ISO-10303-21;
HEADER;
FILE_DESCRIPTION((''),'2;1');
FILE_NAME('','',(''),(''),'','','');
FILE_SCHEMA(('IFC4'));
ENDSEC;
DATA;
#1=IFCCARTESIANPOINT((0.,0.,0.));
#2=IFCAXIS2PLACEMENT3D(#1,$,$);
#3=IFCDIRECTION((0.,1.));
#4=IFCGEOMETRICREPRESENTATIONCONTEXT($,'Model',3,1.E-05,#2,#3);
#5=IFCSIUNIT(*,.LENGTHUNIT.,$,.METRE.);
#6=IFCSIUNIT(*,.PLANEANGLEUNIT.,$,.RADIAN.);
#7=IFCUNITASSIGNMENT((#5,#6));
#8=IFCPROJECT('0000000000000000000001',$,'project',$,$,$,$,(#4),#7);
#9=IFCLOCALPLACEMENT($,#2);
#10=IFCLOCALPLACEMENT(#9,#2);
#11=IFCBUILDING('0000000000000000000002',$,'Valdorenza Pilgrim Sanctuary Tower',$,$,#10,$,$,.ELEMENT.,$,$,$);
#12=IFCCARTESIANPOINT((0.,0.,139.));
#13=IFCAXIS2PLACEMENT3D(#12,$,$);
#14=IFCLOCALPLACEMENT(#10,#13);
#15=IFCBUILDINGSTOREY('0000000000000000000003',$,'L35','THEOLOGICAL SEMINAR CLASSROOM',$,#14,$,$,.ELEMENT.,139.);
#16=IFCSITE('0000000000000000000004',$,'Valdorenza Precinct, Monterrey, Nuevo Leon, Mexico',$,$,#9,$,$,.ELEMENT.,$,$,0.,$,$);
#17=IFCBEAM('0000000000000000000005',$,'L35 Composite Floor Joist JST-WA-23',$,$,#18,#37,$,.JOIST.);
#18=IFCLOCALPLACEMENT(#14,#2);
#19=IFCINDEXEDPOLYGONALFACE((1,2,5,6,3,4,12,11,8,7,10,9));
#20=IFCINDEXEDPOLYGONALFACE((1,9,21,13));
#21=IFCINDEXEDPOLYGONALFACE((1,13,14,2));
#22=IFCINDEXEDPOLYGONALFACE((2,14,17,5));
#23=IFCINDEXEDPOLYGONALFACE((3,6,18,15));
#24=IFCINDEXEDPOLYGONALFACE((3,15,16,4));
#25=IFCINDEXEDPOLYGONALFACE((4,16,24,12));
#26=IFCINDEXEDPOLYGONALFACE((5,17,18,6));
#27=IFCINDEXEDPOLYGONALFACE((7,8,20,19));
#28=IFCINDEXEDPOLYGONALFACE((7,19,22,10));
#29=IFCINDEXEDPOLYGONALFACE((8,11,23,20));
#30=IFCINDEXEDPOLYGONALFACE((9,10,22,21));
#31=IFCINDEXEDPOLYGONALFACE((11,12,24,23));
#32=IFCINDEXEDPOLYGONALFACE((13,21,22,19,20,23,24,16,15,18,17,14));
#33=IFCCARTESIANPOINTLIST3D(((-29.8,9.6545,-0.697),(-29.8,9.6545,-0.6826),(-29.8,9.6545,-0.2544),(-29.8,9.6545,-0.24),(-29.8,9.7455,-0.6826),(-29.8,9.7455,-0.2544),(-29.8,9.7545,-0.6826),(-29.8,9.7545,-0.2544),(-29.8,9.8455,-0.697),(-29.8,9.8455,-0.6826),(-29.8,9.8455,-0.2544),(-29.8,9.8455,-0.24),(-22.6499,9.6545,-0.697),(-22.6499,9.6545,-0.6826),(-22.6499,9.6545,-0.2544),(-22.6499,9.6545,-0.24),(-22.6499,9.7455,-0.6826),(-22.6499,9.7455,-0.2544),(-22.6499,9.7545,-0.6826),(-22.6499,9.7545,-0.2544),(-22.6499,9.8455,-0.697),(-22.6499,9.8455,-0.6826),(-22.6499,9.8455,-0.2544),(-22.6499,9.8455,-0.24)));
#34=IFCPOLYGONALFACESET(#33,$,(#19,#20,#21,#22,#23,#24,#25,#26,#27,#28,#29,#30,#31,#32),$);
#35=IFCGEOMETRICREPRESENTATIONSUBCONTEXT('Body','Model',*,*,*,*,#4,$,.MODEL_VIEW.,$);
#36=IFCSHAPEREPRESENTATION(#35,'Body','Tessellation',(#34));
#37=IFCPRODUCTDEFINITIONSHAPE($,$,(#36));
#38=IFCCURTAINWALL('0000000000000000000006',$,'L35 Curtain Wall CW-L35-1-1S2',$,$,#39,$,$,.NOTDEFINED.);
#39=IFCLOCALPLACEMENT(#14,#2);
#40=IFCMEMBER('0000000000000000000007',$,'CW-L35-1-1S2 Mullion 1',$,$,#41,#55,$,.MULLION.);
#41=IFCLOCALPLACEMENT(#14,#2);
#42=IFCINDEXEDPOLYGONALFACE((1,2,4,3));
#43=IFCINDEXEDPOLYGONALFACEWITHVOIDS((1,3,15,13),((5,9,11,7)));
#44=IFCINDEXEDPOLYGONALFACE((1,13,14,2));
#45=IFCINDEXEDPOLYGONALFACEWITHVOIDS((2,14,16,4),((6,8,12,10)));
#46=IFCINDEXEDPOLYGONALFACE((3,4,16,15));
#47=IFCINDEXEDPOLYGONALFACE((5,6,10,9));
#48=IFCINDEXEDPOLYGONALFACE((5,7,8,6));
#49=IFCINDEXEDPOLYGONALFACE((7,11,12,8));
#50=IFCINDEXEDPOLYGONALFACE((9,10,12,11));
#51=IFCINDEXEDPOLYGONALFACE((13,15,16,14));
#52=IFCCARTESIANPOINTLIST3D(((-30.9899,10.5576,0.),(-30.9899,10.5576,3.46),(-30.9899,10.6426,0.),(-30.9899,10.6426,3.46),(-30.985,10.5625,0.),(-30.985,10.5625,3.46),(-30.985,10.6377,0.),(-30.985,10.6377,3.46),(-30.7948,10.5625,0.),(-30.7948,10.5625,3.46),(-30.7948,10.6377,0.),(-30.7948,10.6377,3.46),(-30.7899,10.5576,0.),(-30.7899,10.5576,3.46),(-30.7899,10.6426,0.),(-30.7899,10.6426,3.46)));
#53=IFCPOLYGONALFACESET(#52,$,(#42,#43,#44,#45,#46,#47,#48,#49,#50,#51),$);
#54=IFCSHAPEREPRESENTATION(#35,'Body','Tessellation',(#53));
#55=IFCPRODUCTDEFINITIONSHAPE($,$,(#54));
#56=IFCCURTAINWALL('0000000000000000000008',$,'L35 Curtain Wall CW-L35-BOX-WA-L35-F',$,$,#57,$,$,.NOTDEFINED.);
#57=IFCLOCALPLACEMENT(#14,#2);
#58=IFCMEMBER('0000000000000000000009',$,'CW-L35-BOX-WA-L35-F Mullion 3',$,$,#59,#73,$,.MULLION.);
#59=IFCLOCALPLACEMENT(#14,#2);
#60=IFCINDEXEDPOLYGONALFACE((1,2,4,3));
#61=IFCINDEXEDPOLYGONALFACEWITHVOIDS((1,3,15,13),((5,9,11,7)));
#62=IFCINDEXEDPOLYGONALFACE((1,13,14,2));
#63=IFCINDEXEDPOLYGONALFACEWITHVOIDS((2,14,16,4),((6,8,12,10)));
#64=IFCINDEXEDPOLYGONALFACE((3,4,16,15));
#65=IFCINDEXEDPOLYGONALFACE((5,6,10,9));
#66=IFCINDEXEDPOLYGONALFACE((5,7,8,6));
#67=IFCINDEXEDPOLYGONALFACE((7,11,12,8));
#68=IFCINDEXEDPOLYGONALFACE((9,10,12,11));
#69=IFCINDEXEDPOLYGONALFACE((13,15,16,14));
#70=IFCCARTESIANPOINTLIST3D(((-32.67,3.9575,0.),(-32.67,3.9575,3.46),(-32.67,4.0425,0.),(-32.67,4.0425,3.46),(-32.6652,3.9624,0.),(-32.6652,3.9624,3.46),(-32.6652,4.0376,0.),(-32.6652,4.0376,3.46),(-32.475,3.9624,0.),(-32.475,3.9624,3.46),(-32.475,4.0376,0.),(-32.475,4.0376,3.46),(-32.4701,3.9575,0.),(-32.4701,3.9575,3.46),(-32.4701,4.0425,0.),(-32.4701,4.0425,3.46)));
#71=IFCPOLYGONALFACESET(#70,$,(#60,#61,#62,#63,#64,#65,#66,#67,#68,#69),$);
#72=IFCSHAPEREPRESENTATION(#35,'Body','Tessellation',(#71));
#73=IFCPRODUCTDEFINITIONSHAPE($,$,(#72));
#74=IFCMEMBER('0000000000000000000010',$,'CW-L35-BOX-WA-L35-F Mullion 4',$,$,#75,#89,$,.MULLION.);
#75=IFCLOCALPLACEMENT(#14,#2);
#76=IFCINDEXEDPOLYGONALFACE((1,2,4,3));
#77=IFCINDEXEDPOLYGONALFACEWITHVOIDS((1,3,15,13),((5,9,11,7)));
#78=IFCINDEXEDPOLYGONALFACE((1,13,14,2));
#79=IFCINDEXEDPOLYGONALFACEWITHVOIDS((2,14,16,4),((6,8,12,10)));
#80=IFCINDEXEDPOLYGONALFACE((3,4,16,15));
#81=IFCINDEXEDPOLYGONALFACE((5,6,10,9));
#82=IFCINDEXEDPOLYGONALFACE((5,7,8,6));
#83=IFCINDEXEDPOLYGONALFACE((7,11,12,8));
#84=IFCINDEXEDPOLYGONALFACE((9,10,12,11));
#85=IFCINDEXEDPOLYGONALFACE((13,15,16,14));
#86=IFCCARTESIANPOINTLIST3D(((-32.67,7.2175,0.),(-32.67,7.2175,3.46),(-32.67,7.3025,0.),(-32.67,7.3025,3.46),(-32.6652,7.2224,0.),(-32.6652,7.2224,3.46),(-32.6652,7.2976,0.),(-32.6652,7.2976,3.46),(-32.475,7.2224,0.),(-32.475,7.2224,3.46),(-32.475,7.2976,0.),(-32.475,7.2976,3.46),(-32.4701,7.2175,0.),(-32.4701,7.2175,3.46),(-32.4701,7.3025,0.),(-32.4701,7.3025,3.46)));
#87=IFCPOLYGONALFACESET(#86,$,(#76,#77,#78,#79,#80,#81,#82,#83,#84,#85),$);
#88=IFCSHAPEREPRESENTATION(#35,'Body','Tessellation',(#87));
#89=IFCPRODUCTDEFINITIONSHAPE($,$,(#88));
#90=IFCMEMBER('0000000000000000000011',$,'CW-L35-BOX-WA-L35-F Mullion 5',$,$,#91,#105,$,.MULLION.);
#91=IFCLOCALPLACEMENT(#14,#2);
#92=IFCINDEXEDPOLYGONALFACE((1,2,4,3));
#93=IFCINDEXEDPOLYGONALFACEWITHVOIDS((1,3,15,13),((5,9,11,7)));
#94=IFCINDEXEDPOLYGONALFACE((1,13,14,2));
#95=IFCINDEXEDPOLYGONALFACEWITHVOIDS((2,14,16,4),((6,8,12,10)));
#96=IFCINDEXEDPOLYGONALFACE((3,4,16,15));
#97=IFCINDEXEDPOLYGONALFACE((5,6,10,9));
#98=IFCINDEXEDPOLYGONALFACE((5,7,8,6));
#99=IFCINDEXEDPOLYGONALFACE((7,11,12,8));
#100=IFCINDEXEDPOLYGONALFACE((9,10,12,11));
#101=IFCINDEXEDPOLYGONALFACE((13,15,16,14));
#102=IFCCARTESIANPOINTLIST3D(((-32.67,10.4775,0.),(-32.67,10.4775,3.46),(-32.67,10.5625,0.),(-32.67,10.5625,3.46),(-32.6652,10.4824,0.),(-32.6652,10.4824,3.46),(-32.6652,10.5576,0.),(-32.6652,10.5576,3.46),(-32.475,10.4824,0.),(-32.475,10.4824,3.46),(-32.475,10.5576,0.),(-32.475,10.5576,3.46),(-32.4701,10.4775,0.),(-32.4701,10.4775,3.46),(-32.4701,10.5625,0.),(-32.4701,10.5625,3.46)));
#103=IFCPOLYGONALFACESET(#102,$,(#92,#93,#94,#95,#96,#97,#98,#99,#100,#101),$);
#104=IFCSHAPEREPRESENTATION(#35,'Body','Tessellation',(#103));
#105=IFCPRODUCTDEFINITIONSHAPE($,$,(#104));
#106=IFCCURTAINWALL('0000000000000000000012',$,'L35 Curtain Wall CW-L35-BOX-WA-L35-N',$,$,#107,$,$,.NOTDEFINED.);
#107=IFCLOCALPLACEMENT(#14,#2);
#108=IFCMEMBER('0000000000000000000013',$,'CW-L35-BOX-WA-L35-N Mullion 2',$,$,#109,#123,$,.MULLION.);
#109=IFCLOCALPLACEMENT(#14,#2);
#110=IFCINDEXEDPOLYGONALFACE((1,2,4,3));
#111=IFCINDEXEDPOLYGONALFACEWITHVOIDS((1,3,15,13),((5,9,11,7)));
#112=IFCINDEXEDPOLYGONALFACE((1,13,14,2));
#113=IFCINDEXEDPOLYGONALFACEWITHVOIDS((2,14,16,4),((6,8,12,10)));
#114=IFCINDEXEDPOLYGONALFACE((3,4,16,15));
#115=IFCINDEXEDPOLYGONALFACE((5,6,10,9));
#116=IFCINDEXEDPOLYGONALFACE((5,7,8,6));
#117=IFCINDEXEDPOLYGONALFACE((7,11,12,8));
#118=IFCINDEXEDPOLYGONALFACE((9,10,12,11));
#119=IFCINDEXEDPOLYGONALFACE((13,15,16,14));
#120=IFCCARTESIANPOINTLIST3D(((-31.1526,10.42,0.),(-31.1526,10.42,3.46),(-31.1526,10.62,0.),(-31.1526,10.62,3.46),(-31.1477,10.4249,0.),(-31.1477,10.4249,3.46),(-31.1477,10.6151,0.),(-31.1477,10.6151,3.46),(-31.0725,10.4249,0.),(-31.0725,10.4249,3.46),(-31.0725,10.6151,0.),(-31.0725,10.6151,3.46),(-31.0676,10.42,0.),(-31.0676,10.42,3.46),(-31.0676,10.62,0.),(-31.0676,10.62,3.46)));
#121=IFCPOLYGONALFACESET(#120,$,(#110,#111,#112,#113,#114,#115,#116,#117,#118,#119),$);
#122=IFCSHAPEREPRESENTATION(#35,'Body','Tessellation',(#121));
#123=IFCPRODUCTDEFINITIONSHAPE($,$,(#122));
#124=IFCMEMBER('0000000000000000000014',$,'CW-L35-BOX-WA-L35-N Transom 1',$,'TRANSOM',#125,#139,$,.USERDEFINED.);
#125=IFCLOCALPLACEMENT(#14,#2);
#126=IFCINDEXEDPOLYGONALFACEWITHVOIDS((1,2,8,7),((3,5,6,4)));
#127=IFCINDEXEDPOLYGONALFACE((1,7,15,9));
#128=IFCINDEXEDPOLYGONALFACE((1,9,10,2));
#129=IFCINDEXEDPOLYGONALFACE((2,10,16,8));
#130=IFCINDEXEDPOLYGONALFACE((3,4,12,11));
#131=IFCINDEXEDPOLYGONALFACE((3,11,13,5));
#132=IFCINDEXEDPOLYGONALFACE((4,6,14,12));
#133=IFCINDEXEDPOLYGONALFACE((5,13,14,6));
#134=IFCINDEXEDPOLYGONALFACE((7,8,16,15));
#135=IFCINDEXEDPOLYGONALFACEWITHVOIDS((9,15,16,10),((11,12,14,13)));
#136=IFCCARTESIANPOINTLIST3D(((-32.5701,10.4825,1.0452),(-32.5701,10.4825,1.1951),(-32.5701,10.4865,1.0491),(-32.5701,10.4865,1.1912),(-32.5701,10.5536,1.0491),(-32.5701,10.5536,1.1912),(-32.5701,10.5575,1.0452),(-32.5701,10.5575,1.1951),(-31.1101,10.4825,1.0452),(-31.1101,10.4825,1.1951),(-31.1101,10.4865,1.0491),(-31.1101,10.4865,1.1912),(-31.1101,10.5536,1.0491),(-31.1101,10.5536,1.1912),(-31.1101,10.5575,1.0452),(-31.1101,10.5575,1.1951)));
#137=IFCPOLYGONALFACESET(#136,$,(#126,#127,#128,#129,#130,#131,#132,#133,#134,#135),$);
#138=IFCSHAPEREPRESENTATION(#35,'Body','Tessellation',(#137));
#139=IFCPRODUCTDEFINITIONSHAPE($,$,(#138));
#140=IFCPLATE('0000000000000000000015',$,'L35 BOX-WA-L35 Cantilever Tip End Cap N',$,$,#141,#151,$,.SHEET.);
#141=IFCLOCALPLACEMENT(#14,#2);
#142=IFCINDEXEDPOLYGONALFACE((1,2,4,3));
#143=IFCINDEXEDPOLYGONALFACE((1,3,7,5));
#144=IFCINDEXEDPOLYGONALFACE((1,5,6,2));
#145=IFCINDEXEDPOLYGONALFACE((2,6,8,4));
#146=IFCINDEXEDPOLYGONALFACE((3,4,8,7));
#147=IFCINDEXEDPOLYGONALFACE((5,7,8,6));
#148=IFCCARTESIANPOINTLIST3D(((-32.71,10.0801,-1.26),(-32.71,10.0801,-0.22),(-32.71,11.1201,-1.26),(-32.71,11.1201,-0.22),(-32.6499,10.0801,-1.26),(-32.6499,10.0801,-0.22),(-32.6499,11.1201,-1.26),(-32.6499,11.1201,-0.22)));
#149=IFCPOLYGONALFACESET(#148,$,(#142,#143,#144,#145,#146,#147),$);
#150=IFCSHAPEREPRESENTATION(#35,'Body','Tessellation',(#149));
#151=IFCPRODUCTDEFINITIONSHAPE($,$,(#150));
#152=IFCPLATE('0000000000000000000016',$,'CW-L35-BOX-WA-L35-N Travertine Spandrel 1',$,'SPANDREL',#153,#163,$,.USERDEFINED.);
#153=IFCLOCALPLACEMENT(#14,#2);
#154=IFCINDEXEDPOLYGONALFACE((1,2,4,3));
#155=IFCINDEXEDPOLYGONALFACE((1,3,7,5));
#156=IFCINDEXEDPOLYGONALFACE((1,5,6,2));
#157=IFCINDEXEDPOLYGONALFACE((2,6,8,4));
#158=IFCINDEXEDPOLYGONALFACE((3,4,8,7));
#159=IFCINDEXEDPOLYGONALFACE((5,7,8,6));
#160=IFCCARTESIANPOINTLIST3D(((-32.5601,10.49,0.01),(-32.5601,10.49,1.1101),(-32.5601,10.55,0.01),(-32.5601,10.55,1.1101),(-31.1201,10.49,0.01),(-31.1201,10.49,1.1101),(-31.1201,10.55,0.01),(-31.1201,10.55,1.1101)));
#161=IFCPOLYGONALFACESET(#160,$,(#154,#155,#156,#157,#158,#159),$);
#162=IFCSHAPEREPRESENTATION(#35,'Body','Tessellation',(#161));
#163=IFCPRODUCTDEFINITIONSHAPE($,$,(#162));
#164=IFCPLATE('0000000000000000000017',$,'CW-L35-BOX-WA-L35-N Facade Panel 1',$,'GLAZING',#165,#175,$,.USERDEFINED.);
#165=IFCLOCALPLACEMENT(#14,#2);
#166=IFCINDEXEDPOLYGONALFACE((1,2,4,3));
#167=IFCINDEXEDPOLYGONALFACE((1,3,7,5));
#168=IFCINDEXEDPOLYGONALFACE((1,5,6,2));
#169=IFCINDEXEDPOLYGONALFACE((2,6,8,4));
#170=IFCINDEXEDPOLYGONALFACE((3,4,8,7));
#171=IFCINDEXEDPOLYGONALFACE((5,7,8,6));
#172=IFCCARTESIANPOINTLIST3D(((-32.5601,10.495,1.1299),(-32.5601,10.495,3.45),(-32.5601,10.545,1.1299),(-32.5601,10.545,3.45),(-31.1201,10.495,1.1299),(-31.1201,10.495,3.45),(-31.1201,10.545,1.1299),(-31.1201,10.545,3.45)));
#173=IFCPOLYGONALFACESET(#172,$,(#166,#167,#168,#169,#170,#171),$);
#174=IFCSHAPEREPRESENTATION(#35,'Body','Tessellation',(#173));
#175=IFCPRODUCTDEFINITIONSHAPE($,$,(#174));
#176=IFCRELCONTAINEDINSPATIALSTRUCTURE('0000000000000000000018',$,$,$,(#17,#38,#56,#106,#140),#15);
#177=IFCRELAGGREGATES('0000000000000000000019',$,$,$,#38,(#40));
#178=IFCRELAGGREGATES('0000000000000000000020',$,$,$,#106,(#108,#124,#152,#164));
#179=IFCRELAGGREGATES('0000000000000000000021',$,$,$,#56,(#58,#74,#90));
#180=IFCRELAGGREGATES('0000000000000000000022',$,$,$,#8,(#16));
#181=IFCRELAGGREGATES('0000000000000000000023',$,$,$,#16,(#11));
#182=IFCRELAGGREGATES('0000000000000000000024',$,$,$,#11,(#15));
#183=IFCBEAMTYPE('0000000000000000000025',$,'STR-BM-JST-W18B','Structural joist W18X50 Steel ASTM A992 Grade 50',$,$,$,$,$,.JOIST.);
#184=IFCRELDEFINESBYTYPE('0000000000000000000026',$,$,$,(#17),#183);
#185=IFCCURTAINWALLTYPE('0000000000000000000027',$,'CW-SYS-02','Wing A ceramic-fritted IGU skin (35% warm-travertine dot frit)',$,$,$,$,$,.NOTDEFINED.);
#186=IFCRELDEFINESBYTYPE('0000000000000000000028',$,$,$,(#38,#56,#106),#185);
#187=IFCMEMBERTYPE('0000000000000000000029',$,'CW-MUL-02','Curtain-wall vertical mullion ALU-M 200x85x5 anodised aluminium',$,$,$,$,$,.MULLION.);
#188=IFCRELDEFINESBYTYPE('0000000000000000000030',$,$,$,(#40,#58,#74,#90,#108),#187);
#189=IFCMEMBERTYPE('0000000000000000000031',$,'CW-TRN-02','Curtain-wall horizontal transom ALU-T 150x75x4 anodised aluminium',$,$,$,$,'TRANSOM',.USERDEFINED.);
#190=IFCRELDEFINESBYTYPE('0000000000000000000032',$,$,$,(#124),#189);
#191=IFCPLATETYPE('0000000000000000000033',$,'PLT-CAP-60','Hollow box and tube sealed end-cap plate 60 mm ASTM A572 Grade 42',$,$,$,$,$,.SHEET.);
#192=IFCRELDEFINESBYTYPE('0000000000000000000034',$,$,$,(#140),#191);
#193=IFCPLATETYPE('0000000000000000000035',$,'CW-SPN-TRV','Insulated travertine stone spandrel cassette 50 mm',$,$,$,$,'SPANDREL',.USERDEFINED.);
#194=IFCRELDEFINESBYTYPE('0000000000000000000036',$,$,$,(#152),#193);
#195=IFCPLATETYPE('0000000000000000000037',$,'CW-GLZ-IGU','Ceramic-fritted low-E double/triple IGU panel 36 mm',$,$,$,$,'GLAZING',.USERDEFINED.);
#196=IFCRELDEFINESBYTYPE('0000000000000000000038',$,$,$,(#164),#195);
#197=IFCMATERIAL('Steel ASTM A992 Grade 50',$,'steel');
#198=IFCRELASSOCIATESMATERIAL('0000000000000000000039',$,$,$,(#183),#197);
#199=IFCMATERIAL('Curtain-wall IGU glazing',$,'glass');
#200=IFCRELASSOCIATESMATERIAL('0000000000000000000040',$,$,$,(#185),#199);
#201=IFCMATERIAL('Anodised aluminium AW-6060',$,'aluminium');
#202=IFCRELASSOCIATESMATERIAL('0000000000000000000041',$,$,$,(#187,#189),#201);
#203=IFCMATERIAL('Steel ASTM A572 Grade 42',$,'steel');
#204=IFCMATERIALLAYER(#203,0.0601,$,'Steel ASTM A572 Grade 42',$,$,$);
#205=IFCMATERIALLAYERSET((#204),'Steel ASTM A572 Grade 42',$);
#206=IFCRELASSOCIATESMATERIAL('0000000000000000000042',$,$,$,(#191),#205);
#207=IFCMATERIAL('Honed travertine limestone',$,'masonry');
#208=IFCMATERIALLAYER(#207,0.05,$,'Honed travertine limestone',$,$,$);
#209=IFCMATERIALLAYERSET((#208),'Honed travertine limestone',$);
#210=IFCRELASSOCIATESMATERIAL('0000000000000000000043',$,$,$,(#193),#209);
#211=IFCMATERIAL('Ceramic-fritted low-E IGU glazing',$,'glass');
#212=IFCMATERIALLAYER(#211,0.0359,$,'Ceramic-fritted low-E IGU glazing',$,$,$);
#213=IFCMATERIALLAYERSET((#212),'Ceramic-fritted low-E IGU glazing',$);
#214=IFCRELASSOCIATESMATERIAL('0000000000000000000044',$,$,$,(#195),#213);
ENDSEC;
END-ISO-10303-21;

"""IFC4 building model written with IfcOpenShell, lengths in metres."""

from ifc_helpers import new_model, si_unit, direction, frame, origin, origin_2d, place, context, subcontext, project, spatial, rectangle, hollow_rectangle, i_section, extrude, source, transform, mapped, material, layer, layer_set, material_profile, profile_set, type_object, element, aggregate, save


model = new_model("IFC4")

# Units and contexts
model_context = context("Model", 3, precision=1e-05, world=origin(), true_north=direction((0.0, 1.0)))
body_context = subcontext(model_context, "Body", "Model", "MODEL_VIEW")
ifc_project = project(units=[si_unit("LENGTHUNIT", "METRE"), si_unit("PLANEANGLEUNIT", "RADIAN")], contexts=[model_context])

# Site, building, storey
site_placement = place(None, origin())
site = spatial("IfcSite", under=ifc_project, at=site_placement, Name="Valdorenza Precinct, Monterrey, Nuevo Leon, Mexico", CompositionType="ELEMENT", RefElevation=0.0)
building_placement = place(site_placement, origin())
building = spatial("IfcBuilding", under=site, at=building_placement, Name="Valdorenza Pilgrim Sanctuary Tower", CompositionType="ELEMENT")
storey_placement = place(building_placement, frame((0.0, 0.0, 139.0)))
storey = spatial("IfcBuildingStorey", under=building, at=storey_placement, Name="L35", Description="THEOLOGICAL SEMINAR CLASSROOM", CompositionType="ELEMENT", Elevation=139.0)

# Beam
ifc_material_1 = material(Name="Steel ASTM A992 Grade 50", Category="steel")
ifc_material_profile_1 = material_profile(ifc_material_1, i_section(OverallWidth=0.1909, OverallDepth=0.457, WebThickness=0.009, FlangeThickness=0.0144, at=origin_2d()), Name="W18X50")
ifc_profile_set_1 = profile_set([ifc_material_profile_1], Name="Steel ASTM A992 Grade 50")
beam_type = type_object("IfcBeamType", Name="STR-BM-JST-W18B", Description="Structural joist W18X50 Steel ASTM A992 Grade 50", PredefinedType="JOIST", material=ifc_profile_set_1)
shared_shape_1 = source(origin(), body_context, "Body", "SweptSolid", [
    extrude(i_section(OverallWidth=0.1909, OverallDepth=0.457, WebThickness=0.009, FlangeThickness=0.0144, at=origin_2d()), origin(), (0.0, 0.0, 1.0), 7.1501),
])
for number, where, z_axis, x_axis, name in (
    (1, (-29.8, 9.75, -0.4685), (1.0, 0.0, 0.0), (0.0, 1.0, 0.0), "L35 Composite Floor Joist JST-WA-23"),
):
    element("IfcBeam", number, at=place(storey_placement, frame(where, z_axis=z_axis, x_axis=x_axis)), inside=storey, type_object=beam_type, Name=name, PredefinedType="JOIST", context=body_context, shape_type="MappedRepresentation", body=[
        mapped(shared_shape_1, transform((0.0, 0.0, 0.0), x_axis=(1.0, 0.0, 0.0), y_axis=(0.0, 1.0, 0.0), z_axis=(0.0, 0.0, 1.0), scale=1.0)),
    ])

# Curtain wall, member
ifc_material_2 = material(Name="Curtain-wall IGU glazing", Category="glass")
curtain_wall_type = type_object("IfcCurtainWallType", Name="CW-SYS-02", Description="Wing A ceramic-fritted IGU skin (35% warm-travertine dot frit)", PredefinedType="NOTDEFINED", material=ifc_material_2)
curtain_wall_1_placement = place(storey_placement, origin())
curtain_wall_1 = element("IfcCurtainWall", 2, at=curtain_wall_1_placement, inside=storey, type_object=curtain_wall_type, Name="L35 Curtain Wall CW-L35-1-1S2", PredefinedType="NOTDEFINED")
ifc_material_3 = material(Name="Anodised aluminium AW-6060", Category="aluminium")
ifc_material_profile_2 = material_profile(ifc_material_3, hollow_rectangle(XDim=0.085, YDim=0.2, WallThickness=0.0049, at=origin_2d()), Name="ALU-M 200x85x5")
ifc_profile_set_2 = profile_set([ifc_material_profile_2], Name="Anodised aluminium AW-6060")
member_type_1 = type_object("IfcMemberType", Name="CW-MUL-02", Description="Curtain-wall vertical mullion ALU-M 200x85x5 anodised aluminium", PredefinedType="MULLION", material=ifc_profile_set_2)
shared_shape_2 = source(origin(), body_context, "Body", "SweptSolid", [
    extrude(hollow_rectangle(XDim=0.085, YDim=0.2, WallThickness=0.0049, at=origin_2d()), origin(), (0.0, 0.0, 1.0), 3.46),
])
member_1_placement = place(storey_placement, frame((-30.8899, 10.6001, 0.0), z_axis=(0.0, 0.0, 1.0), x_axis=(0.0, 1.0, 0.0)))
member_1 = element("IfcMember", 3, at=member_1_placement, type_object=member_type_1, Name="CW-L35-1-1S2 Mullion 1", PredefinedType="MULLION", context=body_context, shape_type="MappedRepresentation", body=[
    mapped(shared_shape_2, transform((0.0, 0.0, 0.0), x_axis=(1.0, 0.0, 0.0), y_axis=(0.0, 1.0, 0.0), z_axis=(0.0, 0.0, 1.0), scale=1.0)),
])
aggregate(curtain_wall_1, [member_1])

# Curtain walls, members
curtain_wall_2_placement = place(storey_placement, origin())
curtain_wall_2 = element("IfcCurtainWall", 4, at=curtain_wall_2_placement, inside=storey, type_object=curtain_wall_type, Name="L35 Curtain Wall CW-L35-BOX-WA-L35-F", PredefinedType="NOTDEFINED")
member_2_placement = place(storey_placement, frame((-32.5701, 4.0, 0.0), z_axis=(0.0, 0.0, 1.0), x_axis=(0.0, 1.0, 0.0)))
member_2 = element("IfcMember", 5, at=member_2_placement, type_object=member_type_1, Name="CW-L35-BOX-WA-L35-F Mullion 3", PredefinedType="MULLION", context=body_context, shape_type="MappedRepresentation", body=[
    mapped(shared_shape_2, transform((0.0, 0.0, 0.0), x_axis=(1.0, 0.0, 0.0), y_axis=(0.0, 1.0, 0.0), z_axis=(0.0, 0.0, 1.0), scale=1.0)),
])
member_3_placement = place(storey_placement, frame((-32.5701, 7.26, 0.0), z_axis=(0.0, 0.0, 1.0), x_axis=(0.0, 1.0, 0.0)))
member_3 = element("IfcMember", 6, at=member_3_placement, type_object=member_type_1, Name="CW-L35-BOX-WA-L35-F Mullion 4", PredefinedType="MULLION", context=body_context, shape_type="MappedRepresentation", body=[
    mapped(shared_shape_2, transform((0.0, 0.0, 0.0), x_axis=(1.0, 0.0, 0.0), y_axis=(0.0, 1.0, 0.0), z_axis=(0.0, 0.0, 1.0), scale=1.0)),
])
member_4_placement = place(storey_placement, frame((-32.5701, 10.52, 0.0), z_axis=(0.0, 0.0, 1.0), x_axis=(0.0, 1.0, 0.0)))
member_4 = element("IfcMember", 7, at=member_4_placement, type_object=member_type_1, Name="CW-L35-BOX-WA-L35-F Mullion 5", PredefinedType="MULLION", context=body_context, shape_type="MappedRepresentation", body=[
    mapped(shared_shape_2, transform((0.0, 0.0, 0.0), x_axis=(1.0, 0.0, 0.0), y_axis=(0.0, 1.0, 0.0), z_axis=(0.0, 0.0, 1.0), scale=1.0)),
])
curtain_wall_3_placement = place(storey_placement, origin())
curtain_wall_3 = element("IfcCurtainWall", 8, at=curtain_wall_3_placement, inside=storey, type_object=curtain_wall_type, Name="L35 Curtain Wall CW-L35-BOX-WA-L35-N", PredefinedType="NOTDEFINED")
member_5_placement = place(storey_placement, frame((-31.1101, 10.52, 0.0), z_axis=(0.0, 0.0, 1.0), x_axis=(1.0, 0.0, 0.0)))
member_5 = element("IfcMember", 9, at=member_5_placement, type_object=member_type_1, Name="CW-L35-BOX-WA-L35-N Mullion 2", PredefinedType="MULLION", context=body_context, shape_type="MappedRepresentation", body=[
    mapped(shared_shape_2, transform((0.0, 0.0, 0.0), x_axis=(1.0, 0.0, 0.0), y_axis=(0.0, 1.0, 0.0), z_axis=(0.0, 0.0, 1.0), scale=1.0)),
])
ifc_material_profile_3 = material_profile(ifc_material_3, hollow_rectangle(XDim=0.075, YDim=0.1499, WallThickness=0.0039, at=origin_2d()), Name="ALU-T 150x75x4")
ifc_profile_set_3 = profile_set([ifc_material_profile_3], Name="Anodised aluminium AW-6060")
member_type_2 = type_object("IfcMemberType", Name="CW-TRN-02", Description="Curtain-wall horizontal transom ALU-T 150x75x4 anodised aluminium", ElementType="TRANSOM", PredefinedType="USERDEFINED", material=ifc_profile_set_3)
shared_shape_3 = source(origin(), body_context, "Body", "SweptSolid", [
    extrude(hollow_rectangle(XDim=0.075, YDim=0.1499, WallThickness=0.0039, at=origin_2d()), origin(), (0.0, 0.0, 1.0), 1.46),
])
member_6_placement = place(storey_placement, frame((-32.5701, 10.52, 1.1201), z_axis=(1.0, 0.0, 0.0), x_axis=(0.0, 1.0, 0.0)))
member_6 = element("IfcMember", 10, at=member_6_placement, type_object=member_type_2, Name="CW-L35-BOX-WA-L35-N Transom 1", ObjectType="TRANSOM", PredefinedType="USERDEFINED", context=body_context, shape_type="MappedRepresentation", body=[
    mapped(shared_shape_3, transform((0.0, 0.0, 0.0), x_axis=(1.0, 0.0, 0.0), y_axis=(0.0, 1.0, 0.0), z_axis=(0.0, 0.0, 1.0), scale=1.0)),
])

# Plates
ifc_material_4 = material(Name="Steel ASTM A572 Grade 42", Category="steel")
ifc_layer_1 = layer(ifc_material_4, 0.0601, Name="Steel ASTM A572 Grade 42")
ifc_layer_set_1 = layer_set([ifc_layer_1], Name="Steel ASTM A572 Grade 42")
plate_type_1 = type_object("IfcPlateType", Name="PLT-CAP-60", Description="Hollow box and tube sealed end-cap plate 60 mm ASTM A572 Grade 42", PredefinedType="SHEET", material=ifc_layer_set_1)
shared_shape_4 = source(origin(), body_context, "Body", "SweptSolid", [
    extrude(rectangle(XDim=0.0601, YDim=1.04, at=origin_2d()), origin(), (0.0, 0.0, 1.0), 1.04),
])
plate_1_placement = place(storey_placement, frame((-32.6799, 10.6001, -1.26), z_axis=(0.0, 0.0, 1.0), x_axis=(1.0, 0.0, 0.0)))
element("IfcPlate", 11, at=plate_1_placement, inside=storey, type_object=plate_type_1, Name="L35 BOX-WA-L35 Cantilever Tip End Cap N", PredefinedType="SHEET", context=body_context, shape_type="MappedRepresentation", body=[
    mapped(shared_shape_4, transform((0.0, 0.0, 0.0), x_axis=(1.0, 0.0, 0.0), y_axis=(0.0, 1.0, 0.0), z_axis=(0.0, 0.0, 1.0), scale=1.0)),
])
ifc_material_5 = material(Name="Honed travertine limestone", Category="masonry")
ifc_layer_2 = layer(ifc_material_5, 0.05, Name="Honed travertine limestone")
ifc_layer_set_2 = layer_set([ifc_layer_2], Name="Honed travertine limestone")
plate_type_2 = type_object("IfcPlateType", Name="CW-SPN-TRV", Description="Insulated travertine stone spandrel cassette 50 mm", ElementType="SPANDREL", PredefinedType="USERDEFINED", material=ifc_layer_set_2)
shared_shape_5 = source(origin(), body_context, "Body", "SweptSolid", [
    extrude(rectangle(XDim=1.4399, YDim=0.0601, at=origin_2d()), origin(), (0.0, 0.0, 1.0), 1.1001),
])
plate_2_placement = place(storey_placement, frame((-31.8401, 10.52, 0.01), z_axis=(0.0, 0.0, 1.0), x_axis=(1.0, 0.0, 0.0)))
plate_2 = element("IfcPlate", 12, at=plate_2_placement, type_object=plate_type_2, Name="CW-L35-BOX-WA-L35-N Travertine Spandrel 1", ObjectType="SPANDREL", PredefinedType="USERDEFINED", context=body_context, shape_type="MappedRepresentation", body=[
    mapped(shared_shape_5, transform((0.0, 0.0, 0.0), x_axis=(1.0, 0.0, 0.0), y_axis=(0.0, 1.0, 0.0), z_axis=(0.0, 0.0, 1.0), scale=1.0)),
])
ifc_material_6 = material(Name="Ceramic-fritted low-E IGU glazing", Category="glass")
ifc_layer_3 = layer(ifc_material_6, 0.0359, Name="Ceramic-fritted low-E IGU glazing")
ifc_layer_set_3 = layer_set([ifc_layer_3], Name="Ceramic-fritted low-E IGU glazing")
plate_type_3 = type_object("IfcPlateType", Name="CW-GLZ-IGU", Description="Ceramic-fritted low-E double/triple IGU panel 36 mm", ElementType="GLAZING", PredefinedType="USERDEFINED", material=ifc_layer_set_3)
shared_shape_6 = source(origin(), body_context, "Body", "SweptSolid", [
    extrude(rectangle(XDim=1.4399, YDim=0.05, at=origin_2d()), origin(), (0.0, 0.0, 1.0), 2.3201),
])
plate_3_placement = place(storey_placement, frame((-31.8401, 10.52, 1.1299), z_axis=(0.0, 0.0, 1.0), x_axis=(1.0, 0.0, 0.0)))
plate_3 = element("IfcPlate", 13, at=plate_3_placement, type_object=plate_type_3, Name="CW-L35-BOX-WA-L35-N Facade Panel 1", ObjectType="GLAZING", PredefinedType="USERDEFINED", context=body_context, shape_type="MappedRepresentation", body=[
    mapped(shared_shape_6, transform((0.0, 0.0, 0.0), x_axis=(1.0, 0.0, 0.0), y_axis=(0.0, 1.0, 0.0), z_axis=(0.0, 0.0, 1.0), scale=1.0)),
])
aggregate(curtain_wall_3, [member_5, member_6, plate_2, plate_3])
aggregate(curtain_wall_2, [member_2, member_3, member_4])

save(model, "model.ifc")
